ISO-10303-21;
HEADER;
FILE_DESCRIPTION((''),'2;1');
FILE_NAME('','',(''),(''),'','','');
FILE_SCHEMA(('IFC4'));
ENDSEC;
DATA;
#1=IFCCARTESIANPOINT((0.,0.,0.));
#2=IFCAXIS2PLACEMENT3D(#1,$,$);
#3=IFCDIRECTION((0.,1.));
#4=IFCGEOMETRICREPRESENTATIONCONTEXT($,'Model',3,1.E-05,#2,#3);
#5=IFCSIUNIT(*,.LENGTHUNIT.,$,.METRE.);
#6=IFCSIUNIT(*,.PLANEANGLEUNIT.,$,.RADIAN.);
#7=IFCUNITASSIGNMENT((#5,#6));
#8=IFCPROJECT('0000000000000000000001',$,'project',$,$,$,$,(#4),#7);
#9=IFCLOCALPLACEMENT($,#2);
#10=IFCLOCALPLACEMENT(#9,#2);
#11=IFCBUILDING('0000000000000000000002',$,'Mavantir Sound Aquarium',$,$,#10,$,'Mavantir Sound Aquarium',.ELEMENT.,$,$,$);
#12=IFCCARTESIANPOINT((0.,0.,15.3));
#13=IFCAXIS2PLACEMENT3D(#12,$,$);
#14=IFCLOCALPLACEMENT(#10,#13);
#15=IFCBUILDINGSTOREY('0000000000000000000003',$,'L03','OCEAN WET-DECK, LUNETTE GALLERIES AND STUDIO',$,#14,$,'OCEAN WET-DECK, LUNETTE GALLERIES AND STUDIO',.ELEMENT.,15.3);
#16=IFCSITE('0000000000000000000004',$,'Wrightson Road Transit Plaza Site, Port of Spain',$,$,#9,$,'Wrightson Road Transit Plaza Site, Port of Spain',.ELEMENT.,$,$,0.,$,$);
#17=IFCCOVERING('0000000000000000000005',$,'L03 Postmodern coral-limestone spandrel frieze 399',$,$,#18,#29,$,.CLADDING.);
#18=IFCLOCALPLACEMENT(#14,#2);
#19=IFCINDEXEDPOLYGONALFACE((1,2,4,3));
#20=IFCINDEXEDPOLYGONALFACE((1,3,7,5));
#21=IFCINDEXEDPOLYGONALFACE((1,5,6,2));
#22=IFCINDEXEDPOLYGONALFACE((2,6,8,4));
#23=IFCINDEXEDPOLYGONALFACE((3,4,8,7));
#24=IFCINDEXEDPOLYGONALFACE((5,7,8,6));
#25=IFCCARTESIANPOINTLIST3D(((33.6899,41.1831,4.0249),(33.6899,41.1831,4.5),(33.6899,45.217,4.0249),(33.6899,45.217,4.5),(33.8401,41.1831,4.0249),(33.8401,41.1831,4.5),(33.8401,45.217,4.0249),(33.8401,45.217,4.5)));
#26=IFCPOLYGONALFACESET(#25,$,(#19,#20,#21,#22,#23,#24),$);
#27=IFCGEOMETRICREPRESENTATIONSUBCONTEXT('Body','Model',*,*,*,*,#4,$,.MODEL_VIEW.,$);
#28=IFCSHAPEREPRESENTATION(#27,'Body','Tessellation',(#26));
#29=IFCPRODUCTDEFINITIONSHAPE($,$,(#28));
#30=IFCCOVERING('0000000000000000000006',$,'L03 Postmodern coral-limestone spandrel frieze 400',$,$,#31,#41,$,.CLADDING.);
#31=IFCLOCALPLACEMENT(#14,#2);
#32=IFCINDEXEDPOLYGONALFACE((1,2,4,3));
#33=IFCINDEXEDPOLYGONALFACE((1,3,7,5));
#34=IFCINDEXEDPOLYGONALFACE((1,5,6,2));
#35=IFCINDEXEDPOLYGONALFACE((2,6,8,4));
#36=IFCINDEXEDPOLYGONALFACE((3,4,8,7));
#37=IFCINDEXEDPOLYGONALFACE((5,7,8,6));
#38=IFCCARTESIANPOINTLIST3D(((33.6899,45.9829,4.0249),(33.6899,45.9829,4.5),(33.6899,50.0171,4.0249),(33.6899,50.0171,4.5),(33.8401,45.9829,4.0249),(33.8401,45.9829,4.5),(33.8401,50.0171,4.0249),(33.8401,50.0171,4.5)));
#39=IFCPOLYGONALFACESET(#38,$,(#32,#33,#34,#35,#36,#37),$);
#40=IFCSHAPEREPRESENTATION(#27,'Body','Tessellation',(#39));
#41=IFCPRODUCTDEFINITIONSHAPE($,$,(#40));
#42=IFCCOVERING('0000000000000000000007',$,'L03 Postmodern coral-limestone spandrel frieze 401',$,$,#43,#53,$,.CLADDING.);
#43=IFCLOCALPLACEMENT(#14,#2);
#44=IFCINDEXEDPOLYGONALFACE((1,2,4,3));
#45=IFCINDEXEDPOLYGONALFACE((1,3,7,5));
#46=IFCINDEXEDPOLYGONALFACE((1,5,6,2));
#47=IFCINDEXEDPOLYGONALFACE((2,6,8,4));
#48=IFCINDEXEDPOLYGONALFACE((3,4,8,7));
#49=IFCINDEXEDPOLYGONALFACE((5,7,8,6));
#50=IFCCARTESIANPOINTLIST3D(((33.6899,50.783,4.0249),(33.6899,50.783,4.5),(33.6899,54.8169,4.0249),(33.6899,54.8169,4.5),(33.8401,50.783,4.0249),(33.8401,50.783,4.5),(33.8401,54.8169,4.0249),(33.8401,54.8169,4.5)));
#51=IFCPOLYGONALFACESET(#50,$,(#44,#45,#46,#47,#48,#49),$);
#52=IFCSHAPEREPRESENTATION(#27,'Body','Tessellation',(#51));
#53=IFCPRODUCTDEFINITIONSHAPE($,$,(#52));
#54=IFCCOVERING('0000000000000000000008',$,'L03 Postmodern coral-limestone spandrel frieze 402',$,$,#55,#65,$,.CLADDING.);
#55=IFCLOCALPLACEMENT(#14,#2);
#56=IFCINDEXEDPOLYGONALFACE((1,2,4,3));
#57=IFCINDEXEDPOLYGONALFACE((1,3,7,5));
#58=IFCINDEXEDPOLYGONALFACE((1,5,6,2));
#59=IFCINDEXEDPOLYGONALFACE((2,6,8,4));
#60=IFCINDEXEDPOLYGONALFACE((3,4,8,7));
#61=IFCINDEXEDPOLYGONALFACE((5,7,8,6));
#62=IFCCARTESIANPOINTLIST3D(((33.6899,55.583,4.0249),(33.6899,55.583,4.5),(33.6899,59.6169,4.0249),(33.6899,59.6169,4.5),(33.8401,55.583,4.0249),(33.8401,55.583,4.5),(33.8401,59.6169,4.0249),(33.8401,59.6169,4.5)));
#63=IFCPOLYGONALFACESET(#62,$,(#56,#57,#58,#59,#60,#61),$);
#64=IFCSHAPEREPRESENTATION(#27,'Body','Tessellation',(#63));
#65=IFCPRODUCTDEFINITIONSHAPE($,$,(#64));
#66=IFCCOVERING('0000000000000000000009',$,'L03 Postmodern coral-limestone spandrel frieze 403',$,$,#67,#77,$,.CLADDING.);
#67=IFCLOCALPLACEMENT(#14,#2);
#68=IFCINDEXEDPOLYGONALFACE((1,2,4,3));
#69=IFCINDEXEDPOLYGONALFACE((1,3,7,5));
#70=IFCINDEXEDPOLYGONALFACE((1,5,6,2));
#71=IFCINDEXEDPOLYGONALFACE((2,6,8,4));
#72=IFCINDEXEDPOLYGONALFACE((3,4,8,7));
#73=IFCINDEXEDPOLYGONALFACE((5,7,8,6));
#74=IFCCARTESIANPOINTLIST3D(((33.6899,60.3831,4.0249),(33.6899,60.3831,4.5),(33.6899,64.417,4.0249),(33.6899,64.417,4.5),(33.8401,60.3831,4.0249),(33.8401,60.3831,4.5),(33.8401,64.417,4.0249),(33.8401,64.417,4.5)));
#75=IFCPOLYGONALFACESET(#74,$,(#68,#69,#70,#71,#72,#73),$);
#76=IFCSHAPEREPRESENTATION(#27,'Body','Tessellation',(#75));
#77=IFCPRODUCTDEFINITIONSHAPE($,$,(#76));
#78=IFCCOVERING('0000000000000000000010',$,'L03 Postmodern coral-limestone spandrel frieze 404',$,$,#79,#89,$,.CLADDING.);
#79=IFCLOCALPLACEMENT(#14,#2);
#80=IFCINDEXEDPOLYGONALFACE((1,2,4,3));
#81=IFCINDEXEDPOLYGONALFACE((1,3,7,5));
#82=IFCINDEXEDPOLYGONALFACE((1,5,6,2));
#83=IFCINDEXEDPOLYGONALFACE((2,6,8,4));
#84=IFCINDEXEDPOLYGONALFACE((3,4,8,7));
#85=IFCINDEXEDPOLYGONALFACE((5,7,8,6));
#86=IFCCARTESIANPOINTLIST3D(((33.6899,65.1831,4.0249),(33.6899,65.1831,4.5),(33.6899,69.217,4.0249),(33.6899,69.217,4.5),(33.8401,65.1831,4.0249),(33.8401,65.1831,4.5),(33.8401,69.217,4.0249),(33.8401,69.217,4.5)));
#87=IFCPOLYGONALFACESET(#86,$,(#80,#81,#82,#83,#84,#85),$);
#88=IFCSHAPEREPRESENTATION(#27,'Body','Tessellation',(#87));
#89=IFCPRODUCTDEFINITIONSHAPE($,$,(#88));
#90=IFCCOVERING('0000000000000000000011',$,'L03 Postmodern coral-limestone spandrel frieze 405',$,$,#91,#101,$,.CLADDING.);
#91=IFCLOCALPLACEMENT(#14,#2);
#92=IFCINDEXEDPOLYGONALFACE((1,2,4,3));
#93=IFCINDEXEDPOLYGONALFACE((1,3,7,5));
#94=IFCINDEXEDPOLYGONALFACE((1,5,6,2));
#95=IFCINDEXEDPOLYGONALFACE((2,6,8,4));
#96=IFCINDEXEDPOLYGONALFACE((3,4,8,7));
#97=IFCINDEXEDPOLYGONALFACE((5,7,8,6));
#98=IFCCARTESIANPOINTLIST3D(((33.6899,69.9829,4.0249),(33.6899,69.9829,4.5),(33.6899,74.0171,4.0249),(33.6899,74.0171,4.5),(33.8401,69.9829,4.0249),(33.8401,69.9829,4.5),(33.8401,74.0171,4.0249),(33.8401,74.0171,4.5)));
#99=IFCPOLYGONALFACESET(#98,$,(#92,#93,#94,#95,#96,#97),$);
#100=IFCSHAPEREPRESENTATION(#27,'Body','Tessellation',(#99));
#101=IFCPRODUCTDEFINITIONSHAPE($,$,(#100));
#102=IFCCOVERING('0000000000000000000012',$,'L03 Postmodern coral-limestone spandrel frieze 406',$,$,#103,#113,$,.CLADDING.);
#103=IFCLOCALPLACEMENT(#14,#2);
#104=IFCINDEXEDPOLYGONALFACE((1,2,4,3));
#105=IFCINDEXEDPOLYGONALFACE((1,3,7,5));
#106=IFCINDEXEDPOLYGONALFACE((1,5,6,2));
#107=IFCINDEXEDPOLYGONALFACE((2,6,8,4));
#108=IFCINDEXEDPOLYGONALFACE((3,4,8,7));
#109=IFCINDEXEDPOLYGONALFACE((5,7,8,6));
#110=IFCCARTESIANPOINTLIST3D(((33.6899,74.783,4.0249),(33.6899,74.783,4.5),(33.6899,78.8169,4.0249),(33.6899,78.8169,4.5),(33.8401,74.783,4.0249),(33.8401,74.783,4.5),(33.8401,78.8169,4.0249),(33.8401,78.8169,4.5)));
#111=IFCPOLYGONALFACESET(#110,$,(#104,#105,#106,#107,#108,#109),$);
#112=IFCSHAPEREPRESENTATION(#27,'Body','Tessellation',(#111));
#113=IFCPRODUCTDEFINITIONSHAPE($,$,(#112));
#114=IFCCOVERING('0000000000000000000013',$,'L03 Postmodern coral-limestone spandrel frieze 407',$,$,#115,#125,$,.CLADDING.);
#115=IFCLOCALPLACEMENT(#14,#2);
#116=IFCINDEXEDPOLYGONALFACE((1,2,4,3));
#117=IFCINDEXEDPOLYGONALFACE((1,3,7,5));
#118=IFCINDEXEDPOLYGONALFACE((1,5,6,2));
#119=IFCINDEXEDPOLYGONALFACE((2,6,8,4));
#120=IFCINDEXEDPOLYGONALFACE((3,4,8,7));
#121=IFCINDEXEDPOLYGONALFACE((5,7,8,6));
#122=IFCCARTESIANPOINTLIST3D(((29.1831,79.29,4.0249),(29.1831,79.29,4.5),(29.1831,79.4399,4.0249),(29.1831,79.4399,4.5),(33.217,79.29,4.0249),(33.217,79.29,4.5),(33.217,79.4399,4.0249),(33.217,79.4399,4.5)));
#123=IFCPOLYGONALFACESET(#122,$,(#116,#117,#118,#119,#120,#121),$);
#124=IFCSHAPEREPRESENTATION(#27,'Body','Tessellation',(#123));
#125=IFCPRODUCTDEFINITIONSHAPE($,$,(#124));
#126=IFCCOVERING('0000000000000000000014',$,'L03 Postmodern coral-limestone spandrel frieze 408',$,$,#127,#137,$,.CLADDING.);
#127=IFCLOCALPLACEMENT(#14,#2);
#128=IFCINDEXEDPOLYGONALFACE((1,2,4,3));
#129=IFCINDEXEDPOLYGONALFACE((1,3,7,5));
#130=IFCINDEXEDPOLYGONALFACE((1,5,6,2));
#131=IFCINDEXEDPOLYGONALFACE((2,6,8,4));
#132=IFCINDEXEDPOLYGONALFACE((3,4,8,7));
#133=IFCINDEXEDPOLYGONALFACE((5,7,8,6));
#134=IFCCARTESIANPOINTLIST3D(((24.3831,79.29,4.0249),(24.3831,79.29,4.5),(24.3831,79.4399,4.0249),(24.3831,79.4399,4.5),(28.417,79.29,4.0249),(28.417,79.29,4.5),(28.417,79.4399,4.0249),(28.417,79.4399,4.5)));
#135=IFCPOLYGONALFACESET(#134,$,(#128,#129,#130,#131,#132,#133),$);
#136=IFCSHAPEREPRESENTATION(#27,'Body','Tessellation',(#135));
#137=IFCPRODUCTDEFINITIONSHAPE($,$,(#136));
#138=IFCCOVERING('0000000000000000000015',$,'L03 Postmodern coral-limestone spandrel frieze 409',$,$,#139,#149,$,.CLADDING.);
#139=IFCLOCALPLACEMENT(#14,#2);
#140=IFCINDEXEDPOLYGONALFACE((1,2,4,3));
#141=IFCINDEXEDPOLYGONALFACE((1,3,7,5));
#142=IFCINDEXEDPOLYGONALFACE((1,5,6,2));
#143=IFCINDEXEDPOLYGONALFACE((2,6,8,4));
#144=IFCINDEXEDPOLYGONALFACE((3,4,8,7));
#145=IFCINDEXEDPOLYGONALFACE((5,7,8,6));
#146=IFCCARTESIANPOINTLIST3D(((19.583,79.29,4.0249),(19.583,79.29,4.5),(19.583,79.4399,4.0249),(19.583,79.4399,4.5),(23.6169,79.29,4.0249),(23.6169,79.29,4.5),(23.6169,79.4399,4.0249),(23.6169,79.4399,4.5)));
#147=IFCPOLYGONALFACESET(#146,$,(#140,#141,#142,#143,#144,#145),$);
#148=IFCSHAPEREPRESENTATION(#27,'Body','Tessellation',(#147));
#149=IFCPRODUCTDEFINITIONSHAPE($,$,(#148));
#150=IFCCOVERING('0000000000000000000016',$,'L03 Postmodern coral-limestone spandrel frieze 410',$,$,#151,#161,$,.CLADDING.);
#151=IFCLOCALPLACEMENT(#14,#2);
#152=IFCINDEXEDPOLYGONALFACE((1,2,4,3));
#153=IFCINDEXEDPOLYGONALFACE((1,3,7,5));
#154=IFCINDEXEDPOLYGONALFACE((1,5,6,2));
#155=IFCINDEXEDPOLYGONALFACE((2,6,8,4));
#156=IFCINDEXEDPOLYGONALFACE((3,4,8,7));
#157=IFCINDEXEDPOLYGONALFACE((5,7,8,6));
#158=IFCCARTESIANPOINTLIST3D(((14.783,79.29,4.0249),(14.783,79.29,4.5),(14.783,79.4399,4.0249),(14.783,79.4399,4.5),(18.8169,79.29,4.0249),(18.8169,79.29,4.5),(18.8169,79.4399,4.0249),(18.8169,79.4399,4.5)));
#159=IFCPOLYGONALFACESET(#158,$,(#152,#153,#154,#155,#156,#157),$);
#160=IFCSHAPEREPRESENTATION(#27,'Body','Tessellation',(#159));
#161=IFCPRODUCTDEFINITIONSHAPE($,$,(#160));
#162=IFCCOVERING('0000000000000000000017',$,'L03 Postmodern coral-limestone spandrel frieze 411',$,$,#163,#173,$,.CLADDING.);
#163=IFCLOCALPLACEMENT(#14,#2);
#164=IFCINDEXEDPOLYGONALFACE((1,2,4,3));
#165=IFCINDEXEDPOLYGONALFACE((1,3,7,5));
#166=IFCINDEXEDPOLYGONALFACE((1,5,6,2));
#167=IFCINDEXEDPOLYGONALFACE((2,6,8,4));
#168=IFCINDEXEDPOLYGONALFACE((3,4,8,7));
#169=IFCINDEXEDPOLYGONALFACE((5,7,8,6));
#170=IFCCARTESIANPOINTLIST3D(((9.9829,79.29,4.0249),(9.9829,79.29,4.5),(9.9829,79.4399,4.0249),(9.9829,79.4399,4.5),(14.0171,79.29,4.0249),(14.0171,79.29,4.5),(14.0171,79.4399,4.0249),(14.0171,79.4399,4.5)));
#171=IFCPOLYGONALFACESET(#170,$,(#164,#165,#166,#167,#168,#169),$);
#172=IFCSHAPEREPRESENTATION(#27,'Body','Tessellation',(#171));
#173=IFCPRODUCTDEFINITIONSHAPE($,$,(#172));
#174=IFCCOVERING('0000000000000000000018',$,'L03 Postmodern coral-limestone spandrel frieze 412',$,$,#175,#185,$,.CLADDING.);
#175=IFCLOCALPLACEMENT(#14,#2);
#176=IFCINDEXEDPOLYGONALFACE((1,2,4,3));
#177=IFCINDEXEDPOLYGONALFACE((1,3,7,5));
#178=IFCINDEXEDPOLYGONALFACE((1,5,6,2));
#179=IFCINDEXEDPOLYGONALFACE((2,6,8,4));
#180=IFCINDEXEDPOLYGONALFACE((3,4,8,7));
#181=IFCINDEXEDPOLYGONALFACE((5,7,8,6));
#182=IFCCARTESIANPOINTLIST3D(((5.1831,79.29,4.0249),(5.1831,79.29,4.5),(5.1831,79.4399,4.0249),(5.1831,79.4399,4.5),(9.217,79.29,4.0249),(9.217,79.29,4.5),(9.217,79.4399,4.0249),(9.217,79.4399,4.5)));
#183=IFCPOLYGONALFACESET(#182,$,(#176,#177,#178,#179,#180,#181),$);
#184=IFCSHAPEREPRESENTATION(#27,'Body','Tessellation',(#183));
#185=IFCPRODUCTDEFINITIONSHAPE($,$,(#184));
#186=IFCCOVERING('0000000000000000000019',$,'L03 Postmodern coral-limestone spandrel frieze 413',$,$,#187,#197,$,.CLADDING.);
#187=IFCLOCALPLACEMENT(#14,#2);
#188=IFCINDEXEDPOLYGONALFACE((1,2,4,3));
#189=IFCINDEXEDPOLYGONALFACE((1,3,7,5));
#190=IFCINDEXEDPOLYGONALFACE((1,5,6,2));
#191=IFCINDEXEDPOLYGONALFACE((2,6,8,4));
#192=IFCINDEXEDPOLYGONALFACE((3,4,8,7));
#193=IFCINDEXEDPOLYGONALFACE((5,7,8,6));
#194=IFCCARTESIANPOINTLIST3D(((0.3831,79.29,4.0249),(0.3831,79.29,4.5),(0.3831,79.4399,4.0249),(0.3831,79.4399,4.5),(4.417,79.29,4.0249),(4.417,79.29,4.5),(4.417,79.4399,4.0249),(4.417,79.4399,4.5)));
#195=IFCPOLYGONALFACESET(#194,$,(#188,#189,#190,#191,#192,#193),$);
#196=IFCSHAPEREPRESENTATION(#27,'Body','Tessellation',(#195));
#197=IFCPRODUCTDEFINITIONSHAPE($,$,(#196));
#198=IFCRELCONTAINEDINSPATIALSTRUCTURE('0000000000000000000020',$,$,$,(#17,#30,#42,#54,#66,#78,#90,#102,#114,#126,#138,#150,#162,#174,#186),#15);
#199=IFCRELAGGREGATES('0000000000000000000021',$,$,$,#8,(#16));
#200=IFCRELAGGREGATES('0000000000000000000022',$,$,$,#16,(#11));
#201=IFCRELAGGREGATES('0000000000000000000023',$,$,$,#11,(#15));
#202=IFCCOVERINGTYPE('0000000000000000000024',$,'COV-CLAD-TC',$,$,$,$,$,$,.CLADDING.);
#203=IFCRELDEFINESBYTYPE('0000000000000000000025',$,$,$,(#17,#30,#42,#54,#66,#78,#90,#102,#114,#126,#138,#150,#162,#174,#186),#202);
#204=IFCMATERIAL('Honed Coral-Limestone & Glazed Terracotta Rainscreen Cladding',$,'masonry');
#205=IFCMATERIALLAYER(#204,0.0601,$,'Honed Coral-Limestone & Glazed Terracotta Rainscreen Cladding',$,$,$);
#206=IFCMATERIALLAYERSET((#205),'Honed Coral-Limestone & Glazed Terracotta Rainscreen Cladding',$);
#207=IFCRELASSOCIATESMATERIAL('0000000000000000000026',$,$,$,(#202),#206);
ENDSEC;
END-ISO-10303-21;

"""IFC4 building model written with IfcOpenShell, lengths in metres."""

from ifc_helpers import new_model, si_unit, direction, frame, origin, place, context, subcontext, project, spatial, polyline, outline, extrude, material, layer, layer_set, type_object, element, save


model = new_model("IFC4")

# Units and contexts
model_context = context("Model", 3, precision=1e-05, world=origin(), true_north=direction((0.0, 1.0)))
body_context = subcontext(model_context, "Body", "Model", "MODEL_VIEW")
ifc_project = project(units=[si_unit("LENGTHUNIT", "METRE"), si_unit("PLANEANGLEUNIT", "RADIAN")], contexts=[model_context])

# Site, building, storey
site_placement = place(None, origin())
site = spatial("IfcSite", under=ifc_project, at=site_placement, Name="Wrightson Road Transit Plaza Site, Port of Spain", LongName="Wrightson Road Transit Plaza Site, Port of Spain", CompositionType="ELEMENT", RefElevation=0.0)
building_placement = place(site_placement, origin())
building = spatial("IfcBuilding", under=site, at=building_placement, Name="Mavantir Sound Aquarium", LongName="Mavantir Sound Aquarium", CompositionType="ELEMENT")
storey_placement = place(building_placement, frame((0.0, 0.0, 15.3)))
storey = spatial("IfcBuildingStorey", under=building, at=storey_placement, Name="L03", Description="OCEAN WET-DECK, LUNETTE GALLERIES AND STUDIO", LongName="OCEAN WET-DECK, LUNETTE GALLERIES AND STUDIO", CompositionType="ELEMENT", Elevation=15.3)

# Coverings
ifc_material = material(Name="Honed Coral-Limestone & Glazed Terracotta Rainscreen Cladding", Category="masonry")
ifc_layer = layer(ifc_material, 0.0601, Name="Honed Coral-Limestone & Glazed Terracotta Rainscreen Cladding")
ifc_layer_set = layer_set([ifc_layer], Name="Honed Coral-Limestone & Glazed Terracotta Rainscreen Cladding")
covering_type = type_object("IfcCoveringType", Name="COV-CLAD-TC", PredefinedType="CLADDING", material=ifc_layer_set)
covering_1_placement = place(storey_placement, frame((0.0, 0.0, 4.0249)))
element("IfcCovering", 1, at=covering_1_placement, inside=storey, type_object=covering_type, Name="L03 Postmodern coral-limestone spandrel frieze 399", PredefinedType="CLADDING", context=body_context, shape_type="SweptSolid", body=[
    extrude(outline(polyline([(33.6899, 41.1831), (33.6899, 45.217), (33.8401, 45.217), (33.8401, 41.1831), (33.6899, 41.1831)])), origin(), (0.0, 0.0, 1.0), 0.4751),
])
covering_2_placement = place(storey_placement, frame((0.0, 0.0, 4.0249)))
element("IfcCovering", 2, at=covering_2_placement, inside=storey, type_object=covering_type, Name="L03 Postmodern coral-limestone spandrel frieze 400", PredefinedType="CLADDING", context=body_context, shape_type="SweptSolid", body=[
    extrude(outline(polyline([(33.6899, 45.9829), (33.6899, 50.0171), (33.8401, 50.0171), (33.8401, 45.9829), (33.6899, 45.9829)])), origin(), (0.0, 0.0, 1.0), 0.4751),
])
covering_3_placement = place(storey_placement, frame((0.0, 0.0, 4.0249)))
element("IfcCovering", 3, at=covering_3_placement, inside=storey, type_object=covering_type, Name="L03 Postmodern coral-limestone spandrel frieze 401", PredefinedType="CLADDING", context=body_context, shape_type="SweptSolid", body=[
    extrude(outline(polyline([(33.6899, 50.783), (33.6899, 54.8169), (33.8401, 54.8169), (33.8401, 50.783), (33.6899, 50.783)])), origin(), (0.0, 0.0, 1.0), 0.4751),
])
covering_4_placement = place(storey_placement, frame((0.0, 0.0, 4.0249)))
element("IfcCovering", 4, at=covering_4_placement, inside=storey, type_object=covering_type, Name="L03 Postmodern coral-limestone spandrel frieze 402", PredefinedType="CLADDING", context=body_context, shape_type="SweptSolid", body=[
    extrude(outline(polyline([(33.6899, 55.583), (33.6899, 59.6169), (33.8401, 59.6169), (33.8401, 55.583), (33.6899, 55.583)])), origin(), (0.0, 0.0, 1.0), 0.4751),
])
covering_5_placement = place(storey_placement, frame((0.0, 0.0, 4.0249)))
element("IfcCovering", 5, at=covering_5_placement, inside=storey, type_object=covering_type, Name="L03 Postmodern coral-limestone spandrel frieze 403", PredefinedType="CLADDING", context=body_context, shape_type="SweptSolid", body=[
    extrude(outline(polyline([(33.6899, 60.3831), (33.6899, 64.417), (33.8401, 64.417), (33.8401, 60.3831), (33.6899, 60.3831)])), origin(), (0.0, 0.0, 1.0), 0.4751),
])
covering_6_placement = place(storey_placement, frame((0.0, 0.0, 4.0249)))
element("IfcCovering", 6, at=covering_6_placement, inside=storey, type_object=covering_type, Name="L03 Postmodern coral-limestone spandrel frieze 404", PredefinedType="CLADDING", context=body_context, shape_type="SweptSolid", body=[
    extrude(outline(polyline([(33.6899, 65.1831), (33.6899, 69.217), (33.8401, 69.217), (33.8401, 65.1831), (33.6899, 65.1831)])), origin(), (0.0, 0.0, 1.0), 0.4751),
])
covering_7_placement = place(storey_placement, frame((0.0, 0.0, 4.0249)))
element("IfcCovering", 7, at=covering_7_placement, inside=storey, type_object=covering_type, Name="L03 Postmodern coral-limestone spandrel frieze 405", PredefinedType="CLADDING", context=body_context, shape_type="SweptSolid", body=[
    extrude(outline(polyline([(33.6899, 69.9829), (33.6899, 74.0171), (33.8401, 74.0171), (33.8401, 69.9829), (33.6899, 69.9829)])), origin(), (0.0, 0.0, 1.0), 0.4751),
])
covering_8_placement = place(storey_placement, frame((0.0, 0.0, 4.0249)))
element("IfcCovering", 8, at=covering_8_placement, inside=storey, type_object=covering_type, Name="L03 Postmodern coral-limestone spandrel frieze 406", PredefinedType="CLADDING", context=body_context, shape_type="SweptSolid", body=[
    extrude(outline(polyline([(33.6899, 74.783), (33.6899, 78.8169), (33.8401, 78.8169), (33.8401, 74.783), (33.6899, 74.783)])), origin(), (0.0, 0.0, 1.0), 0.4751),
])
covering_9_placement = place(storey_placement, frame((0.0, 0.0, 4.0249)))
element("IfcCovering", 9, at=covering_9_placement, inside=storey, type_object=covering_type, Name="L03 Postmodern coral-limestone spandrel frieze 407", PredefinedType="CLADDING", context=body_context, shape_type="SweptSolid", body=[
    extrude(outline(polyline([(33.217, 79.29), (29.1831, 79.29), (29.1831, 79.4399), (33.217, 79.4399), (33.217, 79.29)])), origin(), (0.0, 0.0, 1.0), 0.4751),
])
covering_10_placement = place(storey_placement, frame((0.0, 0.0, 4.0249)))
element("IfcCovering", 10, at=covering_10_placement, inside=storey, type_object=covering_type, Name="L03 Postmodern coral-limestone spandrel frieze 408", PredefinedType="CLADDING", context=body_context, shape_type="SweptSolid", body=[
    extrude(outline(polyline([(28.417, 79.29), (24.3831, 79.29), (24.3831, 79.4399), (28.417, 79.4399), (28.417, 79.29)])), origin(), (0.0, 0.0, 1.0), 0.4751),
])
covering_11_placement = place(storey_placement, frame((0.0, 0.0, 4.0249)))
element("IfcCovering", 11, at=covering_11_placement, inside=storey, type_object=covering_type, Name="L03 Postmodern coral-limestone spandrel frieze 409", PredefinedType="CLADDING", context=body_context, shape_type="SweptSolid", body=[
    extrude(outline(polyline([(23.6169, 79.29), (19.583, 79.29), (19.583, 79.4399), (23.6169, 79.4399), (23.6169, 79.29)])), origin(), (0.0, 0.0, 1.0), 0.4751),
])
covering_12_placement = place(storey_placement, frame((0.0, 0.0, 4.0249)))
element("IfcCovering", 12, at=covering_12_placement, inside=storey, type_object=covering_type, Name="L03 Postmodern coral-limestone spandrel frieze 410", PredefinedType="CLADDING", context=body_context, shape_type="SweptSolid", body=[
    extrude(outline(polyline([(18.8169, 79.29), (14.783, 79.29), (14.783, 79.4399), (18.8169, 79.4399), (18.8169, 79.29)])), origin(), (0.0, 0.0, 1.0), 0.4751),
])
covering_13_placement = place(storey_placement, frame((0.0, 0.0, 4.0249)))
element("IfcCovering", 13, at=covering_13_placement, inside=storey, type_object=covering_type, Name="L03 Postmodern coral-limestone spandrel frieze 411", PredefinedType="CLADDING", context=body_context, shape_type="SweptSolid", body=[
    extrude(outline(polyline([(14.0171, 79.29), (9.9829, 79.29), (9.9829, 79.4399), (14.0171, 79.4399), (14.0171, 79.29)])), origin(), (0.0, 0.0, 1.0), 0.4751),
])
covering_14_placement = place(storey_placement, frame((0.0, 0.0, 4.0249)))
element("IfcCovering", 14, at=covering_14_placement, inside=storey, type_object=covering_type, Name="L03 Postmodern coral-limestone spandrel frieze 412", PredefinedType="CLADDING", context=body_context, shape_type="SweptSolid", body=[
    extrude(outline(polyline([(9.217, 79.29), (5.1831, 79.29), (5.1831, 79.4399), (9.217, 79.4399), (9.217, 79.29)])), origin(), (0.0, 0.0, 1.0), 0.4751),
])
covering_15_placement = place(storey_placement, frame((0.0, 0.0, 4.0249)))
element("IfcCovering", 15, at=covering_15_placement, inside=storey, type_object=covering_type, Name="L03 Postmodern coral-limestone spandrel frieze 413", PredefinedType="CLADDING", context=body_context, shape_type="SweptSolid", body=[
    extrude(outline(polyline([(4.417, 79.29), (0.3831, 79.29), (0.3831, 79.4399), (4.417, 79.4399), (4.417, 79.29)])), origin(), (0.0, 0.0, 1.0), 0.4751),
])

save(model, "model.ifc")
